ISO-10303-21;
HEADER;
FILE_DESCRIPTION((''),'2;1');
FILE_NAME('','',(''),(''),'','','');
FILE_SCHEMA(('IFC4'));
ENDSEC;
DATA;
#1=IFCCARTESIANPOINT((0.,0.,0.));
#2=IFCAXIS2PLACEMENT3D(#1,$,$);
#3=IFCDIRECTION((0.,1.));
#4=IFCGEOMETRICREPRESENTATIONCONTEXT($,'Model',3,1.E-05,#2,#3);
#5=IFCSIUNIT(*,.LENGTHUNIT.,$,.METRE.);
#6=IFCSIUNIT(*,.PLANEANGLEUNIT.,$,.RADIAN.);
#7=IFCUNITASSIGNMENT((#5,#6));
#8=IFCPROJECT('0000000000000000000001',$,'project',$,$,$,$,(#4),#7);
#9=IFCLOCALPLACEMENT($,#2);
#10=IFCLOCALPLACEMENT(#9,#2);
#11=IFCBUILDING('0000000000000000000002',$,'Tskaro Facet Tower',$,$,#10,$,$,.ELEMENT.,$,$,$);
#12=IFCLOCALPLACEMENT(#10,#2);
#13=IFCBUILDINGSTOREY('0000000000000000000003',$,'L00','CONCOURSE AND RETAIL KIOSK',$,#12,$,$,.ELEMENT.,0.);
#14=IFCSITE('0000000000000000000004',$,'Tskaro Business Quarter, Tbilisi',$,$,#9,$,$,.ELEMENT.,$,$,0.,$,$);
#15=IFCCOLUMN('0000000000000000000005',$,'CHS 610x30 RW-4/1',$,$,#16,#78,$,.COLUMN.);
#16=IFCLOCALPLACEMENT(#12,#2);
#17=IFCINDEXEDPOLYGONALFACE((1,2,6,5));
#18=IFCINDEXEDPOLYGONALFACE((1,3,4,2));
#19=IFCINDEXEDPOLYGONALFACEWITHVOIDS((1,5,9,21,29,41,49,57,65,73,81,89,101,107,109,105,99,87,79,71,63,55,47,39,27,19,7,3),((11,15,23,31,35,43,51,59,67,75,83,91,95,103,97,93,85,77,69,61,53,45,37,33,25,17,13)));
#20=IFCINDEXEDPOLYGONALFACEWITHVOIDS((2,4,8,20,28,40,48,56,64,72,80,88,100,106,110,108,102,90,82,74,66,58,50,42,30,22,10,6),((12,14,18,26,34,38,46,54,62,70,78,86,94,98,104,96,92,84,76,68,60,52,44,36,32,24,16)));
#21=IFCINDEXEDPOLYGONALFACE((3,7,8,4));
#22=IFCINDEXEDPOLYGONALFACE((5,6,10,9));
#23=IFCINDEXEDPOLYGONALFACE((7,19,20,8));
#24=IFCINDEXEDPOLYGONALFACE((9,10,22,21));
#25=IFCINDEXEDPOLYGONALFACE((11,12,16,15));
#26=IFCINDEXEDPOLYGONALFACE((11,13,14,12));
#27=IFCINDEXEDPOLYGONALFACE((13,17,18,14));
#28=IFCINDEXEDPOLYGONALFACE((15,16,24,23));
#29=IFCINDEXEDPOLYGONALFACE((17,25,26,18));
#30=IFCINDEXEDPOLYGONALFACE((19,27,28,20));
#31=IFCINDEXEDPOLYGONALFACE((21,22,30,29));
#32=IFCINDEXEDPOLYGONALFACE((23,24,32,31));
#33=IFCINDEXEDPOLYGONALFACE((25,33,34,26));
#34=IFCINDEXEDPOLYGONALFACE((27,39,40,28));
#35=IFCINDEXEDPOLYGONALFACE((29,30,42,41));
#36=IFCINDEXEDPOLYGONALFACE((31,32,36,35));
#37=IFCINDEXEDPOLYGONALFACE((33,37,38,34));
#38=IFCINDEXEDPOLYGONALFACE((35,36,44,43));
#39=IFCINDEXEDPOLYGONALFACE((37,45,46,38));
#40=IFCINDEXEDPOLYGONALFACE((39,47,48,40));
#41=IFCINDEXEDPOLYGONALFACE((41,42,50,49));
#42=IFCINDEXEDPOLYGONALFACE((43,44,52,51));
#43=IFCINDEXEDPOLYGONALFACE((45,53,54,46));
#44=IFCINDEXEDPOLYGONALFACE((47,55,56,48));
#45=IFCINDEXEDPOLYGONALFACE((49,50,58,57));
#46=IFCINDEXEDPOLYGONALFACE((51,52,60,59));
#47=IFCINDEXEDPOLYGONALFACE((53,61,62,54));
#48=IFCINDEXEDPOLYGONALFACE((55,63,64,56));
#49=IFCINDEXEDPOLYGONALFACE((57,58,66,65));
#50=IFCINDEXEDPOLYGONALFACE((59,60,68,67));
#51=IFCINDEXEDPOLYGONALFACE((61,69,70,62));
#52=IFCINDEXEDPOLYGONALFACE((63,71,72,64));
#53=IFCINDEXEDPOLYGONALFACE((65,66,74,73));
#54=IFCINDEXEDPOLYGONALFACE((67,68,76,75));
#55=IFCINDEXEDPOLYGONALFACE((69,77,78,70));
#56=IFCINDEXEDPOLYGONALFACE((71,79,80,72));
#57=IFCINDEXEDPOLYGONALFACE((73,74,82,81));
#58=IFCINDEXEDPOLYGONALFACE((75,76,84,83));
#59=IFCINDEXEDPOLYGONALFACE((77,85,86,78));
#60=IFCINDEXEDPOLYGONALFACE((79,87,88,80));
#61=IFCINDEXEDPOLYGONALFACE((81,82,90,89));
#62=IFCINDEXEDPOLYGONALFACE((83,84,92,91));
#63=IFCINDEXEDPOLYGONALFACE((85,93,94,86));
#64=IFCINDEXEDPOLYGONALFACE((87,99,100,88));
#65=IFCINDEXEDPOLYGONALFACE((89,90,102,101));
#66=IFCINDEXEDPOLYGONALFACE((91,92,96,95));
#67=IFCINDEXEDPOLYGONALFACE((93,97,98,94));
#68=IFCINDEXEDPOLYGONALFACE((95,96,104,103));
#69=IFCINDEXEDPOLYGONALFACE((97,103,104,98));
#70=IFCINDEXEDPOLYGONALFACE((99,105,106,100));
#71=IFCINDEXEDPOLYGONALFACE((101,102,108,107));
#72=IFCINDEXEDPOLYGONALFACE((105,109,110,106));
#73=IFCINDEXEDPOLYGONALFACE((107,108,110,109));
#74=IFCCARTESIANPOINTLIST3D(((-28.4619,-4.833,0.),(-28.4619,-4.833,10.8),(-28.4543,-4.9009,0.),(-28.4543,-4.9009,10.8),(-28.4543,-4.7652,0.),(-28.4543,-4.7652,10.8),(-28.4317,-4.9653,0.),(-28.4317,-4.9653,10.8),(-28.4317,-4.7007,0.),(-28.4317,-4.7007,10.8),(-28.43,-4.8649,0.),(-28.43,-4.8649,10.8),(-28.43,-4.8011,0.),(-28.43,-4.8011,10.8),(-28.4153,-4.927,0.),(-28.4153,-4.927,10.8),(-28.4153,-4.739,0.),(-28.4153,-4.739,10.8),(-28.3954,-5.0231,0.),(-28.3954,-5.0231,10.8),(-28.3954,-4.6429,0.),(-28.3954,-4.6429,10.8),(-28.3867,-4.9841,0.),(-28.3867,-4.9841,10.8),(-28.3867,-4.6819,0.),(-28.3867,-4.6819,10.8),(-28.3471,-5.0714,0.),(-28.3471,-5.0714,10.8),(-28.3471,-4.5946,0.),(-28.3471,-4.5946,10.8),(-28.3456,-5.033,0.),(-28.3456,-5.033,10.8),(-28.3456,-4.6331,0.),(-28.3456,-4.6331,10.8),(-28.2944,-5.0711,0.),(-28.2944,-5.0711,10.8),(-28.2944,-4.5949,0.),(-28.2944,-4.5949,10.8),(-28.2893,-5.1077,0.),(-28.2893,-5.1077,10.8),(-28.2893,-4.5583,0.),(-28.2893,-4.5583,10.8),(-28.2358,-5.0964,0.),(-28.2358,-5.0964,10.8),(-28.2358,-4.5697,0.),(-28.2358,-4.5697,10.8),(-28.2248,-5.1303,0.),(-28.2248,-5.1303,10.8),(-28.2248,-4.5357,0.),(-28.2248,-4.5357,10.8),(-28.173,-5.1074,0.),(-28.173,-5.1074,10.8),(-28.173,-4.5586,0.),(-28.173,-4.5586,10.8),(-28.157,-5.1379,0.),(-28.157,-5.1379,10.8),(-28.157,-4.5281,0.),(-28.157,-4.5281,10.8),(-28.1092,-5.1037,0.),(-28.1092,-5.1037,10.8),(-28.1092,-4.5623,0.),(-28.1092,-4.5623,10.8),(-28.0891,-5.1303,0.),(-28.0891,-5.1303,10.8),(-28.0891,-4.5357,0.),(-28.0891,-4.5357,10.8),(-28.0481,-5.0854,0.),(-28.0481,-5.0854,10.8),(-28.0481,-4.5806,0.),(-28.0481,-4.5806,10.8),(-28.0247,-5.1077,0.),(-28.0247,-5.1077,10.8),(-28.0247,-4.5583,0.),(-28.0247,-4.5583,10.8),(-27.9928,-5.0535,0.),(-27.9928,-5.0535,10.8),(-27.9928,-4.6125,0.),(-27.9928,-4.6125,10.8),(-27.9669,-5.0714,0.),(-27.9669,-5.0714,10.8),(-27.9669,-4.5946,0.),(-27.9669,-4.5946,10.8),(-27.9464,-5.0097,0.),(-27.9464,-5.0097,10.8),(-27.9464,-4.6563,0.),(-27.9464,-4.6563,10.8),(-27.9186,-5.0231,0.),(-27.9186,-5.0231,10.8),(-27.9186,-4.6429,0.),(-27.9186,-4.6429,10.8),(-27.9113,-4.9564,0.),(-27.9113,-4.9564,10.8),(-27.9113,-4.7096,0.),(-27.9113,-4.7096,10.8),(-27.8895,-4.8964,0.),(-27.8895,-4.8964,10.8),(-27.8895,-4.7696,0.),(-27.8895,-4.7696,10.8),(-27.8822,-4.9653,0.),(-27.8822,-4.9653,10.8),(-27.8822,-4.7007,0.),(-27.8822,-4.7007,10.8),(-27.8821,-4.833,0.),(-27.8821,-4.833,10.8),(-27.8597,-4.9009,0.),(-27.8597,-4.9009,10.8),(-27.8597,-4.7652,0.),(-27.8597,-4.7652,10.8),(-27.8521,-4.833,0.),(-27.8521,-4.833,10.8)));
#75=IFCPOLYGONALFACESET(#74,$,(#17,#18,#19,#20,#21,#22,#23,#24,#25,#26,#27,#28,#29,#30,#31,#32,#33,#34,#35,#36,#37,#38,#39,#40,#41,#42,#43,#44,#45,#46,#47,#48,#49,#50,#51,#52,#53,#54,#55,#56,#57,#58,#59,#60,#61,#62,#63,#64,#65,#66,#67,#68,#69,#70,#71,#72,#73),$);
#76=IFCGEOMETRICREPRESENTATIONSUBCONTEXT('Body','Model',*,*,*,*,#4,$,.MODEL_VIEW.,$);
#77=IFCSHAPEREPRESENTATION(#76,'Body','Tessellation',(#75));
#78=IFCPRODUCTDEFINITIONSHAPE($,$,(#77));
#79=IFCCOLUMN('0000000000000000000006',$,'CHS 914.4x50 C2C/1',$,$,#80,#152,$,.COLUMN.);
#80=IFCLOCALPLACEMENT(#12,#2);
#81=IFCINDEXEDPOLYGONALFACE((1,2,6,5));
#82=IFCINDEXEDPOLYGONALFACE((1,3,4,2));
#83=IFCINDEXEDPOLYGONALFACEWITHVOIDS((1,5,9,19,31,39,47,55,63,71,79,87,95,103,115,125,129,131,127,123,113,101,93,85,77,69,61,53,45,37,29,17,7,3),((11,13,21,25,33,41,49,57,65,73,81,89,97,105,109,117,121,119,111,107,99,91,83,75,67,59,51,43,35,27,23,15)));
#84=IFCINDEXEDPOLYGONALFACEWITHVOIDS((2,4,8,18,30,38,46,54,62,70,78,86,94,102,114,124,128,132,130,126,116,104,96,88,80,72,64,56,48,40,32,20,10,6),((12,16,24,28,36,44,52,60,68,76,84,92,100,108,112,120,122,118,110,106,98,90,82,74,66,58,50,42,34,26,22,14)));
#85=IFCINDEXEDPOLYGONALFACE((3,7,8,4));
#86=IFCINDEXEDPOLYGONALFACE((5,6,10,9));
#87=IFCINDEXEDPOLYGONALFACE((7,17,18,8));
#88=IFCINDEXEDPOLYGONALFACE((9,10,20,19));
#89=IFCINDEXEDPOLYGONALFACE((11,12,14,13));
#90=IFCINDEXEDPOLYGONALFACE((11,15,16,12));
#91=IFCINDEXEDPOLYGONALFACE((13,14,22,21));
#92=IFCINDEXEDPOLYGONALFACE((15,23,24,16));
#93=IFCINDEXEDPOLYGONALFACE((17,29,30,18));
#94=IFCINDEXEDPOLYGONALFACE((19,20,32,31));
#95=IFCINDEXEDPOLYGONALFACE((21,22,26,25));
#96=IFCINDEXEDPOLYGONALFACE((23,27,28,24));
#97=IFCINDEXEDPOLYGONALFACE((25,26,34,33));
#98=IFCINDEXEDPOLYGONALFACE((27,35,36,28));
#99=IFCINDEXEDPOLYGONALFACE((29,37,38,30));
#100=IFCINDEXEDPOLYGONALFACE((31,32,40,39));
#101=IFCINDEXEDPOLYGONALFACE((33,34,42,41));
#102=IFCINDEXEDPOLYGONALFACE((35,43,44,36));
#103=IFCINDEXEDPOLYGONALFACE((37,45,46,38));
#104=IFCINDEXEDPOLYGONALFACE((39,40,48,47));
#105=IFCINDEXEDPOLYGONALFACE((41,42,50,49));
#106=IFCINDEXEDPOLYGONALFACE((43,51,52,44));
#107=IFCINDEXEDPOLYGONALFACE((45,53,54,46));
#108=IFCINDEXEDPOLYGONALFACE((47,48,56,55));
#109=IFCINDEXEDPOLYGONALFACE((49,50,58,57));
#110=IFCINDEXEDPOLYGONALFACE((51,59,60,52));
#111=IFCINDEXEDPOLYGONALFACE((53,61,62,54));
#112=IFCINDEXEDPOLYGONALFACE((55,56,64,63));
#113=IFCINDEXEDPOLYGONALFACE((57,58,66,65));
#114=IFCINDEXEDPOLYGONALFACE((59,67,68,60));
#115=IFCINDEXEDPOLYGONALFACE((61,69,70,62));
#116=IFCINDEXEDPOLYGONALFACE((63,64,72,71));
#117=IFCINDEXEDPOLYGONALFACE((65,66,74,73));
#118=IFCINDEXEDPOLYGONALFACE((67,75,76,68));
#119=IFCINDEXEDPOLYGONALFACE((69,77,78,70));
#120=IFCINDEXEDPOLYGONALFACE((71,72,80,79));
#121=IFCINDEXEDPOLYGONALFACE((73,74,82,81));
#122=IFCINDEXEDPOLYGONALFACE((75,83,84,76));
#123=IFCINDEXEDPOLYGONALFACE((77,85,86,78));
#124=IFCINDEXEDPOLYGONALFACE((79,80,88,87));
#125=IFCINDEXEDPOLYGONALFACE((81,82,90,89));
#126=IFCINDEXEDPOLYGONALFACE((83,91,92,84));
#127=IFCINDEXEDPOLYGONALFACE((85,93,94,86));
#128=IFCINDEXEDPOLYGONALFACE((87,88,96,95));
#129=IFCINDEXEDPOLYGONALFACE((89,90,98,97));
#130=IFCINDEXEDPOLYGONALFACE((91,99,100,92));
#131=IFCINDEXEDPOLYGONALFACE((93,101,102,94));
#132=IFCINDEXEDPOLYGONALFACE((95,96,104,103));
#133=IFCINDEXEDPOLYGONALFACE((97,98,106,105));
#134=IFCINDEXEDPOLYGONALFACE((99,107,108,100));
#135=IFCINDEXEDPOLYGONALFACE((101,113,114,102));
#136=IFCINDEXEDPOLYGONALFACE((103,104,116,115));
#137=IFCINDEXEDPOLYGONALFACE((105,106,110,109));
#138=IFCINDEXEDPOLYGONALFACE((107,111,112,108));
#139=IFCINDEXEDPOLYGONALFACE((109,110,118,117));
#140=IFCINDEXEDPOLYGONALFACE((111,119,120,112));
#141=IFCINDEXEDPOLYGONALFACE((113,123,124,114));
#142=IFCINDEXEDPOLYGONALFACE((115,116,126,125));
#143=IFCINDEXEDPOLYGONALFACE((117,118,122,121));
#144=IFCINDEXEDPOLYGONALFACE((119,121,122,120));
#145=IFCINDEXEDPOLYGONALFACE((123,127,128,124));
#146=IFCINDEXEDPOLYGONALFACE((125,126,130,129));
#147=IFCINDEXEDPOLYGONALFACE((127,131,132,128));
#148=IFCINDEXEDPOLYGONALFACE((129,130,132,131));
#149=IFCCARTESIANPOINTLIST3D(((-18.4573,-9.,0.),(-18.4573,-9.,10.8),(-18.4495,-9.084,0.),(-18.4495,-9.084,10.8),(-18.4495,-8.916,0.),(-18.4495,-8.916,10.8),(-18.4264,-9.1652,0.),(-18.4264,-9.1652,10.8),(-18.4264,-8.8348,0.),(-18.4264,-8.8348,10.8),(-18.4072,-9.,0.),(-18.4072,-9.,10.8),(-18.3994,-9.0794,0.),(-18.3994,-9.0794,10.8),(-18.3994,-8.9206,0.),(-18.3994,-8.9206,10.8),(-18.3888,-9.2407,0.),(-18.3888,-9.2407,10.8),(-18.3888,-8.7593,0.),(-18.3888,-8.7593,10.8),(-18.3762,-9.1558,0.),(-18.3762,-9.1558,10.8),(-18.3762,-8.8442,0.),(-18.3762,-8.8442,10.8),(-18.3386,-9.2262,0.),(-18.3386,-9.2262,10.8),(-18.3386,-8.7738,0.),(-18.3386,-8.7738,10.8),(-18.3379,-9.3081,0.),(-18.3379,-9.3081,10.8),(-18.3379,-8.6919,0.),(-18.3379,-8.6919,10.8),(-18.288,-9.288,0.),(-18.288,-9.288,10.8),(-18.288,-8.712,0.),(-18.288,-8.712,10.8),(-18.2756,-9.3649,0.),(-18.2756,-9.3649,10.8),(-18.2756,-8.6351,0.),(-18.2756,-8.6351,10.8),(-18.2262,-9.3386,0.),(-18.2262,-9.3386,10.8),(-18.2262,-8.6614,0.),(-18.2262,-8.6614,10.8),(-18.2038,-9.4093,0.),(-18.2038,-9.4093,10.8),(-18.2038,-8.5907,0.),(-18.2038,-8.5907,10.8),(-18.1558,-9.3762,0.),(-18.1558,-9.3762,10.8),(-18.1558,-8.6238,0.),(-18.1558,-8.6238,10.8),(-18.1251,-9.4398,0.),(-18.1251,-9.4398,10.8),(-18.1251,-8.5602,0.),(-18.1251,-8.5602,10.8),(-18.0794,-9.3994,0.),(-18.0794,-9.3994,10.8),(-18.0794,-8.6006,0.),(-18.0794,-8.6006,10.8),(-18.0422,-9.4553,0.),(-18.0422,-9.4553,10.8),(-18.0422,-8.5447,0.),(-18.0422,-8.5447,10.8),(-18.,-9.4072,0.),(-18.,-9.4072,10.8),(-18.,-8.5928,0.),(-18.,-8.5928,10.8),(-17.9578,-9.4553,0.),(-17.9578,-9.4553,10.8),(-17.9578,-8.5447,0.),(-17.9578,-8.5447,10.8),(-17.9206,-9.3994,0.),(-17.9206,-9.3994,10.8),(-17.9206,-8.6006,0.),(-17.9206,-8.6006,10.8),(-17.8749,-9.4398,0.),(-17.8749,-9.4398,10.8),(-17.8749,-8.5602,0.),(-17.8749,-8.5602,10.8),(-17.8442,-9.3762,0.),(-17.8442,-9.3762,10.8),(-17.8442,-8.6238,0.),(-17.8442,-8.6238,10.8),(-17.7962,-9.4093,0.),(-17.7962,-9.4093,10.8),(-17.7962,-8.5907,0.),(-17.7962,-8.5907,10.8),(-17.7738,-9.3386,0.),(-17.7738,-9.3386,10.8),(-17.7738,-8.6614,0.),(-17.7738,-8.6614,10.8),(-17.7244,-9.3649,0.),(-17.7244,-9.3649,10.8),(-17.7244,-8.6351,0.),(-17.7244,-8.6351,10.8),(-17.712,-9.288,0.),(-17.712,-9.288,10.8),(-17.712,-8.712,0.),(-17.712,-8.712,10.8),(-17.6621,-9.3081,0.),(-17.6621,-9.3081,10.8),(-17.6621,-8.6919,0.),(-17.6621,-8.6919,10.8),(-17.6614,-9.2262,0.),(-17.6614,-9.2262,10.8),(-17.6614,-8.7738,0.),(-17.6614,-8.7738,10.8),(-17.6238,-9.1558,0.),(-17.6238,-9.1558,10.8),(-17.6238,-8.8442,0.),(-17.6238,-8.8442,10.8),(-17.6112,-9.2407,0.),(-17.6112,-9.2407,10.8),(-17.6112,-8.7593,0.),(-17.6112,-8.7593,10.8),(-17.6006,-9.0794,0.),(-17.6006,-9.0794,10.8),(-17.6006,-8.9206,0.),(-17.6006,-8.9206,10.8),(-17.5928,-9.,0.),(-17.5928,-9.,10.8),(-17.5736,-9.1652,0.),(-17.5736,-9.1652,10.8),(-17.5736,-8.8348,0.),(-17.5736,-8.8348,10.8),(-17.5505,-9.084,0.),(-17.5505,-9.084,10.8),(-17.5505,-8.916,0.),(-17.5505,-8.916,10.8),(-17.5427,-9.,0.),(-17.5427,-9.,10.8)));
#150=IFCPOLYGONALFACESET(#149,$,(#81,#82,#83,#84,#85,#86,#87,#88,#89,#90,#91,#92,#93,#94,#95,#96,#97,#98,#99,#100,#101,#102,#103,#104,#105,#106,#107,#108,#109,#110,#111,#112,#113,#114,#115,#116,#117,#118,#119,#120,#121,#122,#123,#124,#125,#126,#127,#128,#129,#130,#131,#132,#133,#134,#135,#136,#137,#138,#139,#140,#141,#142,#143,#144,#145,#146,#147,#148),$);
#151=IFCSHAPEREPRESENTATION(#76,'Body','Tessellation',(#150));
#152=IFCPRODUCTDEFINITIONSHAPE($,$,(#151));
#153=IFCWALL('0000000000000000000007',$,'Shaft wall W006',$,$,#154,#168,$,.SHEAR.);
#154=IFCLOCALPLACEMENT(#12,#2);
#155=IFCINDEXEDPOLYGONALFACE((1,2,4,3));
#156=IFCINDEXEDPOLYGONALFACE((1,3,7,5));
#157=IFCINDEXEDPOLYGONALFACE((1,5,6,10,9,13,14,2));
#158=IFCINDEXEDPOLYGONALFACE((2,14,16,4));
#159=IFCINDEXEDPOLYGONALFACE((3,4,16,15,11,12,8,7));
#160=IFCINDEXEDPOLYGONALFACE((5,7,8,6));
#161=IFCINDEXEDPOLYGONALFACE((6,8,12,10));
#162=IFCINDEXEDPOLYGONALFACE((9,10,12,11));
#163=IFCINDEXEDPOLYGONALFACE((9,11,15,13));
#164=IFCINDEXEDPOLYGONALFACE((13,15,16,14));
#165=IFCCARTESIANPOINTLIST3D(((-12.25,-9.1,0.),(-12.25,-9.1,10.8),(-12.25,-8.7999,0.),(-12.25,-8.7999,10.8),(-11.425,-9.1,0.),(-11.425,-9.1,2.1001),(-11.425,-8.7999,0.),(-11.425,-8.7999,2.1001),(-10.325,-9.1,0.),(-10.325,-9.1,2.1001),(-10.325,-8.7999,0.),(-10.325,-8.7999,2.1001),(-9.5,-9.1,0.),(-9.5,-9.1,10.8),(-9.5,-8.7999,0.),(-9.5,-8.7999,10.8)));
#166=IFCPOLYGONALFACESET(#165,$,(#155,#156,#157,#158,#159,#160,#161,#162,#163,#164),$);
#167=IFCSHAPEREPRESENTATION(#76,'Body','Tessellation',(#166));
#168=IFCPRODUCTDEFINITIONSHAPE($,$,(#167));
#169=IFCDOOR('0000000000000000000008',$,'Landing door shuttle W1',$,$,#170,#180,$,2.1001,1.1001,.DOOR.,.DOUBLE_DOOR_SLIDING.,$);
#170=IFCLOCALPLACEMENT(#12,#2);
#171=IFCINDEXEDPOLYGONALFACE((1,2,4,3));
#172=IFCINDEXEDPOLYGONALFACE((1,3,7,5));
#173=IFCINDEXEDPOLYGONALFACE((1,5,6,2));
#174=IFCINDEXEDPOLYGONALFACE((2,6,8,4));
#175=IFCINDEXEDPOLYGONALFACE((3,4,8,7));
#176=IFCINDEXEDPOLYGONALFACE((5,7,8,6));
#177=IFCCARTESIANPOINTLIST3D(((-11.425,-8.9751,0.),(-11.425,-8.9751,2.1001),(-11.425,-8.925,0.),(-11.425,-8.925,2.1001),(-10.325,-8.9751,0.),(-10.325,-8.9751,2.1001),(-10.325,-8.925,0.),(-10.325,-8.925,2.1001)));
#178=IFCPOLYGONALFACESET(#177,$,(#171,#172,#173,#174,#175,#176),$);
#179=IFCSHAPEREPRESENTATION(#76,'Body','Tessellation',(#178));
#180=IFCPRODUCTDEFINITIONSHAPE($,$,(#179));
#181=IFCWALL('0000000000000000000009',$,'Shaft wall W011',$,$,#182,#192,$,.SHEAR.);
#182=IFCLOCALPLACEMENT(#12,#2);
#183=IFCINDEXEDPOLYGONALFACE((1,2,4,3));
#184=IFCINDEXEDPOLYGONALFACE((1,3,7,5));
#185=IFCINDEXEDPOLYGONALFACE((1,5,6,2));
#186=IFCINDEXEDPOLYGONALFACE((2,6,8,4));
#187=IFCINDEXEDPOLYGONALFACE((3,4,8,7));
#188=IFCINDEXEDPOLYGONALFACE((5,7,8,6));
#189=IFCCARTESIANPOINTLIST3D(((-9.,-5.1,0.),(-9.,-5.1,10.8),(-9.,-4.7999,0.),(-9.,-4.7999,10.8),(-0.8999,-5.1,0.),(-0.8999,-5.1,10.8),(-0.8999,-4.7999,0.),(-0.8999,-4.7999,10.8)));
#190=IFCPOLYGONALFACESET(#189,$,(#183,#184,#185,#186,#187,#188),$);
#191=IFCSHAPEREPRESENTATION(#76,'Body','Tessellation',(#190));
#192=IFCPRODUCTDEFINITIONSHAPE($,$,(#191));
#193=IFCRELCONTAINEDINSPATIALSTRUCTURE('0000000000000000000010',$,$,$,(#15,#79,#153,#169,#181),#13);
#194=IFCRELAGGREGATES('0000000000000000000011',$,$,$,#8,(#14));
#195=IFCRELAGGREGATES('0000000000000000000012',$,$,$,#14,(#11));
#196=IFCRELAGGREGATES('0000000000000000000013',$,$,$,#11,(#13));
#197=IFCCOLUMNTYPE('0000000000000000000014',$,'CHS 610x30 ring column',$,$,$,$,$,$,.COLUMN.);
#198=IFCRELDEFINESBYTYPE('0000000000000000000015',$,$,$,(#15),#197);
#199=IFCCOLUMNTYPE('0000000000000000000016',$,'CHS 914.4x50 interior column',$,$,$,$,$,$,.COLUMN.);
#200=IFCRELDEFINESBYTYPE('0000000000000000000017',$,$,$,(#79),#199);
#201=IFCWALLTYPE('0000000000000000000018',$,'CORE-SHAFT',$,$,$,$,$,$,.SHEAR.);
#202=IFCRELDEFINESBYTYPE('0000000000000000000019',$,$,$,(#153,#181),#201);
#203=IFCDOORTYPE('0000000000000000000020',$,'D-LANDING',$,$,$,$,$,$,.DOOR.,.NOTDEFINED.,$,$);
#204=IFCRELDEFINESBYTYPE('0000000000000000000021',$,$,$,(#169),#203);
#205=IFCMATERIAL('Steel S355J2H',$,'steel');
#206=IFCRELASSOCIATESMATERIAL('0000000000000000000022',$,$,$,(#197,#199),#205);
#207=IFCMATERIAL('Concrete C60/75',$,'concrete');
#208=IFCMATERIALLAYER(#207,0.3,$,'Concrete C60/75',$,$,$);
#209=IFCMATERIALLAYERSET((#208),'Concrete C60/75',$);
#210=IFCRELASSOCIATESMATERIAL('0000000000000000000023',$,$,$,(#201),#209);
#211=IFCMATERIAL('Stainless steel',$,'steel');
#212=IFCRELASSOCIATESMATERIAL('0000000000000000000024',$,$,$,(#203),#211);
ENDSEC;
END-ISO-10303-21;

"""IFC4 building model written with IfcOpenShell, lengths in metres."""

from ifc_helpers import new_model, si_unit, direction, frame, frame_2d, origin, origin_2d, place, context, subcontext, project, spatial, rectangle, hollow_circle, extrude, material, layer, layer_set, material_profile, profile_set, type_object, element, fill, save


model = new_model("IFC4")

# Units and contexts
model_context = context("Model", 3, precision=1e-05, world=origin(), true_north=direction((0.0, 1.0)))
body_context = subcontext(model_context, "Body", "Model", "MODEL_VIEW")
ifc_project = project(units=[si_unit("LENGTHUNIT", "METRE"), si_unit("PLANEANGLEUNIT", "RADIAN")], contexts=[model_context])

# Site, building, storey
site_placement = place(None, origin())
site = spatial("IfcSite", under=ifc_project, at=site_placement, Name="Tskaro Business Quarter, Tbilisi", CompositionType="ELEMENT", RefElevation=0.0)
building_placement = place(site_placement, origin())
building = spatial("IfcBuilding", under=site, at=building_placement, Name="Tskaro Facet Tower", CompositionType="ELEMENT")
storey_placement = place(building_placement, origin())
storey = spatial("IfcBuildingStorey", under=building, at=storey_placement, Name="L00", Description="CONCOURSE AND RETAIL KIOSK", CompositionType="ELEMENT", Elevation=0.0)

# Columns
ifc_material_1 = material(Name="Steel S355J2H", Category="steel")
ifc_material_profile_1 = material_profile(ifc_material_1, hollow_circle(Radius=0.3049, WallThickness=0.03, at=origin_2d()), Name="CHS 610x30")
ifc_profile_set_1 = profile_set([ifc_material_profile_1], Name="Steel S355J2H")
column_type_1 = type_object("IfcColumnType", Name="CHS 610x30 ring column", PredefinedType="COLUMN", material=ifc_profile_set_1)
column_1_placement = place(storey_placement, frame((-28.157, -4.833, 0.0), z_axis=(0.0, 0.0, 1.0), x_axis=(1.0, 0.0, 0.0)))
element("IfcColumn", 1, at=column_1_placement, inside=storey, type_object=column_type_1, Name="CHS 610x30 RW-4/1", PredefinedType="COLUMN", context=body_context, shape_type="SweptSolid", body=[
    extrude(hollow_circle(Radius=0.3049, WallThickness=0.03, at=origin_2d()), origin(), (0.0, 0.0, 1.0), 10.8),
])
ifc_material_profile_2 = material_profile(ifc_material_1, hollow_circle(Radius=0.4573, WallThickness=0.05, at=origin_2d()), Name="CHS 914.4x50")
ifc_profile_set_2 = profile_set([ifc_material_profile_2], Name="Steel S355J2H")
column_type_2 = type_object("IfcColumnType", Name="CHS 914.4x50 interior column", PredefinedType="COLUMN", material=ifc_profile_set_2)
column_2_placement = place(storey_placement, frame((-18.0, -9.0, 0.0), z_axis=(0.0, 0.0, 1.0), x_axis=(1.0, 0.0, 0.0)))
element("IfcColumn", 2, at=column_2_placement, inside=storey, type_object=column_type_2, Name="CHS 914.4x50 C2C/1", PredefinedType="COLUMN", context=body_context, shape_type="SweptSolid", body=[
    extrude(hollow_circle(Radius=0.4573, WallThickness=0.05, at=origin_2d()), origin(), (0.0, 0.0, 1.0), 10.8),
])

# Wall, opening, door
ifc_material_2 = material(Name="Concrete C60/75", Category="concrete")
ifc_layer_1 = layer(ifc_material_2, 0.3, Name="Concrete C60/75")
ifc_layer_set_1 = layer_set([ifc_layer_1], Name="Concrete C60/75")
wall_type_1 = type_object("IfcWallType", Name="CORE-SHAFT", PredefinedType="SHEAR", material=ifc_layer_set_1)
wall_1_placement = place(storey_placement, frame((-12.25, -8.95, 0.0), z_axis=(0.0, 0.0, 1.0), x_axis=(1.0, 0.0, 0.0)))
wall_1 = element("IfcWall", 3, at=wall_1_placement, inside=storey, type_object=wall_type_1, Name="Shaft wall W006", PredefinedType="SHEAR", context=body_context, shape_type="SweptSolid", body=[
    extrude(rectangle(XDim=2.75, YDim=0.3, at=frame_2d((1.375, 0.0))), origin(), (0.0, 0.0, 1.0), 10.8),
])
opening_1_placement = place(wall_1_placement, frame((0.825, 0.0, 0.0)))
opening_1 = element("IfcOpeningElement", 4, at=opening_1_placement, cuts=wall_1, PredefinedType="OPENING", context=body_context, shape_type="SweptSolid", body=[
    extrude(rectangle(XDim=1.1001, YDim=2.1001, at=frame_2d((0.55, 1.05))), frame((0.0, 0.1599, 0.0), z_axis=(0.0, -1.0, 0.0), x_axis=(1.0, 0.0, 0.0)), (0.0, 0.0, 1.0), 0.3201),
])
ifc_material_3 = material(Name="Stainless steel", Category="steel")
door_type_1 = type_object("IfcDoorType", Name="D-LANDING", OperationType="NOTDEFINED", PredefinedType="DOOR", material=ifc_material_3)
door_1_placement = place(opening_1_placement, origin())
door_1 = element("IfcDoor", 5, at=door_1_placement, inside=storey, type_object=door_type_1, Name="Landing door shuttle W1", OperationType="DOUBLE_DOOR_SLIDING", OverallHeight=2.1001, OverallWidth=1.1001, PredefinedType="DOOR", context=body_context, shape_type="SweptSolid", body=[
    extrude(rectangle(XDim=1.1001, YDim=2.1001, at=frame_2d((0.55, 1.05))), frame((0.0, 0.0249, 0.0), z_axis=(0.0, -1.0, 0.0), x_axis=(1.0, 0.0, 0.0)), (0.0, 0.0, 1.0), 0.05),
])
fill(opening_1, door_1)

# Wall
wall_2_placement = place(storey_placement, frame((-9.0, -4.95, 0.0), z_axis=(0.0, 0.0, 1.0), x_axis=(1.0, 0.0, 0.0)))
element("IfcWall", 6, at=wall_2_placement, inside=storey, type_object=wall_type_1, Name="Shaft wall W011", PredefinedType="SHEAR", context=body_context, shape_type="SweptSolid", body=[
    extrude(rectangle(XDim=8.1001, YDim=0.3, at=frame_2d((4.05, 0.0))), origin(), (0.0, 0.0, 1.0), 10.8),
])

save(model, "model.ifc")
